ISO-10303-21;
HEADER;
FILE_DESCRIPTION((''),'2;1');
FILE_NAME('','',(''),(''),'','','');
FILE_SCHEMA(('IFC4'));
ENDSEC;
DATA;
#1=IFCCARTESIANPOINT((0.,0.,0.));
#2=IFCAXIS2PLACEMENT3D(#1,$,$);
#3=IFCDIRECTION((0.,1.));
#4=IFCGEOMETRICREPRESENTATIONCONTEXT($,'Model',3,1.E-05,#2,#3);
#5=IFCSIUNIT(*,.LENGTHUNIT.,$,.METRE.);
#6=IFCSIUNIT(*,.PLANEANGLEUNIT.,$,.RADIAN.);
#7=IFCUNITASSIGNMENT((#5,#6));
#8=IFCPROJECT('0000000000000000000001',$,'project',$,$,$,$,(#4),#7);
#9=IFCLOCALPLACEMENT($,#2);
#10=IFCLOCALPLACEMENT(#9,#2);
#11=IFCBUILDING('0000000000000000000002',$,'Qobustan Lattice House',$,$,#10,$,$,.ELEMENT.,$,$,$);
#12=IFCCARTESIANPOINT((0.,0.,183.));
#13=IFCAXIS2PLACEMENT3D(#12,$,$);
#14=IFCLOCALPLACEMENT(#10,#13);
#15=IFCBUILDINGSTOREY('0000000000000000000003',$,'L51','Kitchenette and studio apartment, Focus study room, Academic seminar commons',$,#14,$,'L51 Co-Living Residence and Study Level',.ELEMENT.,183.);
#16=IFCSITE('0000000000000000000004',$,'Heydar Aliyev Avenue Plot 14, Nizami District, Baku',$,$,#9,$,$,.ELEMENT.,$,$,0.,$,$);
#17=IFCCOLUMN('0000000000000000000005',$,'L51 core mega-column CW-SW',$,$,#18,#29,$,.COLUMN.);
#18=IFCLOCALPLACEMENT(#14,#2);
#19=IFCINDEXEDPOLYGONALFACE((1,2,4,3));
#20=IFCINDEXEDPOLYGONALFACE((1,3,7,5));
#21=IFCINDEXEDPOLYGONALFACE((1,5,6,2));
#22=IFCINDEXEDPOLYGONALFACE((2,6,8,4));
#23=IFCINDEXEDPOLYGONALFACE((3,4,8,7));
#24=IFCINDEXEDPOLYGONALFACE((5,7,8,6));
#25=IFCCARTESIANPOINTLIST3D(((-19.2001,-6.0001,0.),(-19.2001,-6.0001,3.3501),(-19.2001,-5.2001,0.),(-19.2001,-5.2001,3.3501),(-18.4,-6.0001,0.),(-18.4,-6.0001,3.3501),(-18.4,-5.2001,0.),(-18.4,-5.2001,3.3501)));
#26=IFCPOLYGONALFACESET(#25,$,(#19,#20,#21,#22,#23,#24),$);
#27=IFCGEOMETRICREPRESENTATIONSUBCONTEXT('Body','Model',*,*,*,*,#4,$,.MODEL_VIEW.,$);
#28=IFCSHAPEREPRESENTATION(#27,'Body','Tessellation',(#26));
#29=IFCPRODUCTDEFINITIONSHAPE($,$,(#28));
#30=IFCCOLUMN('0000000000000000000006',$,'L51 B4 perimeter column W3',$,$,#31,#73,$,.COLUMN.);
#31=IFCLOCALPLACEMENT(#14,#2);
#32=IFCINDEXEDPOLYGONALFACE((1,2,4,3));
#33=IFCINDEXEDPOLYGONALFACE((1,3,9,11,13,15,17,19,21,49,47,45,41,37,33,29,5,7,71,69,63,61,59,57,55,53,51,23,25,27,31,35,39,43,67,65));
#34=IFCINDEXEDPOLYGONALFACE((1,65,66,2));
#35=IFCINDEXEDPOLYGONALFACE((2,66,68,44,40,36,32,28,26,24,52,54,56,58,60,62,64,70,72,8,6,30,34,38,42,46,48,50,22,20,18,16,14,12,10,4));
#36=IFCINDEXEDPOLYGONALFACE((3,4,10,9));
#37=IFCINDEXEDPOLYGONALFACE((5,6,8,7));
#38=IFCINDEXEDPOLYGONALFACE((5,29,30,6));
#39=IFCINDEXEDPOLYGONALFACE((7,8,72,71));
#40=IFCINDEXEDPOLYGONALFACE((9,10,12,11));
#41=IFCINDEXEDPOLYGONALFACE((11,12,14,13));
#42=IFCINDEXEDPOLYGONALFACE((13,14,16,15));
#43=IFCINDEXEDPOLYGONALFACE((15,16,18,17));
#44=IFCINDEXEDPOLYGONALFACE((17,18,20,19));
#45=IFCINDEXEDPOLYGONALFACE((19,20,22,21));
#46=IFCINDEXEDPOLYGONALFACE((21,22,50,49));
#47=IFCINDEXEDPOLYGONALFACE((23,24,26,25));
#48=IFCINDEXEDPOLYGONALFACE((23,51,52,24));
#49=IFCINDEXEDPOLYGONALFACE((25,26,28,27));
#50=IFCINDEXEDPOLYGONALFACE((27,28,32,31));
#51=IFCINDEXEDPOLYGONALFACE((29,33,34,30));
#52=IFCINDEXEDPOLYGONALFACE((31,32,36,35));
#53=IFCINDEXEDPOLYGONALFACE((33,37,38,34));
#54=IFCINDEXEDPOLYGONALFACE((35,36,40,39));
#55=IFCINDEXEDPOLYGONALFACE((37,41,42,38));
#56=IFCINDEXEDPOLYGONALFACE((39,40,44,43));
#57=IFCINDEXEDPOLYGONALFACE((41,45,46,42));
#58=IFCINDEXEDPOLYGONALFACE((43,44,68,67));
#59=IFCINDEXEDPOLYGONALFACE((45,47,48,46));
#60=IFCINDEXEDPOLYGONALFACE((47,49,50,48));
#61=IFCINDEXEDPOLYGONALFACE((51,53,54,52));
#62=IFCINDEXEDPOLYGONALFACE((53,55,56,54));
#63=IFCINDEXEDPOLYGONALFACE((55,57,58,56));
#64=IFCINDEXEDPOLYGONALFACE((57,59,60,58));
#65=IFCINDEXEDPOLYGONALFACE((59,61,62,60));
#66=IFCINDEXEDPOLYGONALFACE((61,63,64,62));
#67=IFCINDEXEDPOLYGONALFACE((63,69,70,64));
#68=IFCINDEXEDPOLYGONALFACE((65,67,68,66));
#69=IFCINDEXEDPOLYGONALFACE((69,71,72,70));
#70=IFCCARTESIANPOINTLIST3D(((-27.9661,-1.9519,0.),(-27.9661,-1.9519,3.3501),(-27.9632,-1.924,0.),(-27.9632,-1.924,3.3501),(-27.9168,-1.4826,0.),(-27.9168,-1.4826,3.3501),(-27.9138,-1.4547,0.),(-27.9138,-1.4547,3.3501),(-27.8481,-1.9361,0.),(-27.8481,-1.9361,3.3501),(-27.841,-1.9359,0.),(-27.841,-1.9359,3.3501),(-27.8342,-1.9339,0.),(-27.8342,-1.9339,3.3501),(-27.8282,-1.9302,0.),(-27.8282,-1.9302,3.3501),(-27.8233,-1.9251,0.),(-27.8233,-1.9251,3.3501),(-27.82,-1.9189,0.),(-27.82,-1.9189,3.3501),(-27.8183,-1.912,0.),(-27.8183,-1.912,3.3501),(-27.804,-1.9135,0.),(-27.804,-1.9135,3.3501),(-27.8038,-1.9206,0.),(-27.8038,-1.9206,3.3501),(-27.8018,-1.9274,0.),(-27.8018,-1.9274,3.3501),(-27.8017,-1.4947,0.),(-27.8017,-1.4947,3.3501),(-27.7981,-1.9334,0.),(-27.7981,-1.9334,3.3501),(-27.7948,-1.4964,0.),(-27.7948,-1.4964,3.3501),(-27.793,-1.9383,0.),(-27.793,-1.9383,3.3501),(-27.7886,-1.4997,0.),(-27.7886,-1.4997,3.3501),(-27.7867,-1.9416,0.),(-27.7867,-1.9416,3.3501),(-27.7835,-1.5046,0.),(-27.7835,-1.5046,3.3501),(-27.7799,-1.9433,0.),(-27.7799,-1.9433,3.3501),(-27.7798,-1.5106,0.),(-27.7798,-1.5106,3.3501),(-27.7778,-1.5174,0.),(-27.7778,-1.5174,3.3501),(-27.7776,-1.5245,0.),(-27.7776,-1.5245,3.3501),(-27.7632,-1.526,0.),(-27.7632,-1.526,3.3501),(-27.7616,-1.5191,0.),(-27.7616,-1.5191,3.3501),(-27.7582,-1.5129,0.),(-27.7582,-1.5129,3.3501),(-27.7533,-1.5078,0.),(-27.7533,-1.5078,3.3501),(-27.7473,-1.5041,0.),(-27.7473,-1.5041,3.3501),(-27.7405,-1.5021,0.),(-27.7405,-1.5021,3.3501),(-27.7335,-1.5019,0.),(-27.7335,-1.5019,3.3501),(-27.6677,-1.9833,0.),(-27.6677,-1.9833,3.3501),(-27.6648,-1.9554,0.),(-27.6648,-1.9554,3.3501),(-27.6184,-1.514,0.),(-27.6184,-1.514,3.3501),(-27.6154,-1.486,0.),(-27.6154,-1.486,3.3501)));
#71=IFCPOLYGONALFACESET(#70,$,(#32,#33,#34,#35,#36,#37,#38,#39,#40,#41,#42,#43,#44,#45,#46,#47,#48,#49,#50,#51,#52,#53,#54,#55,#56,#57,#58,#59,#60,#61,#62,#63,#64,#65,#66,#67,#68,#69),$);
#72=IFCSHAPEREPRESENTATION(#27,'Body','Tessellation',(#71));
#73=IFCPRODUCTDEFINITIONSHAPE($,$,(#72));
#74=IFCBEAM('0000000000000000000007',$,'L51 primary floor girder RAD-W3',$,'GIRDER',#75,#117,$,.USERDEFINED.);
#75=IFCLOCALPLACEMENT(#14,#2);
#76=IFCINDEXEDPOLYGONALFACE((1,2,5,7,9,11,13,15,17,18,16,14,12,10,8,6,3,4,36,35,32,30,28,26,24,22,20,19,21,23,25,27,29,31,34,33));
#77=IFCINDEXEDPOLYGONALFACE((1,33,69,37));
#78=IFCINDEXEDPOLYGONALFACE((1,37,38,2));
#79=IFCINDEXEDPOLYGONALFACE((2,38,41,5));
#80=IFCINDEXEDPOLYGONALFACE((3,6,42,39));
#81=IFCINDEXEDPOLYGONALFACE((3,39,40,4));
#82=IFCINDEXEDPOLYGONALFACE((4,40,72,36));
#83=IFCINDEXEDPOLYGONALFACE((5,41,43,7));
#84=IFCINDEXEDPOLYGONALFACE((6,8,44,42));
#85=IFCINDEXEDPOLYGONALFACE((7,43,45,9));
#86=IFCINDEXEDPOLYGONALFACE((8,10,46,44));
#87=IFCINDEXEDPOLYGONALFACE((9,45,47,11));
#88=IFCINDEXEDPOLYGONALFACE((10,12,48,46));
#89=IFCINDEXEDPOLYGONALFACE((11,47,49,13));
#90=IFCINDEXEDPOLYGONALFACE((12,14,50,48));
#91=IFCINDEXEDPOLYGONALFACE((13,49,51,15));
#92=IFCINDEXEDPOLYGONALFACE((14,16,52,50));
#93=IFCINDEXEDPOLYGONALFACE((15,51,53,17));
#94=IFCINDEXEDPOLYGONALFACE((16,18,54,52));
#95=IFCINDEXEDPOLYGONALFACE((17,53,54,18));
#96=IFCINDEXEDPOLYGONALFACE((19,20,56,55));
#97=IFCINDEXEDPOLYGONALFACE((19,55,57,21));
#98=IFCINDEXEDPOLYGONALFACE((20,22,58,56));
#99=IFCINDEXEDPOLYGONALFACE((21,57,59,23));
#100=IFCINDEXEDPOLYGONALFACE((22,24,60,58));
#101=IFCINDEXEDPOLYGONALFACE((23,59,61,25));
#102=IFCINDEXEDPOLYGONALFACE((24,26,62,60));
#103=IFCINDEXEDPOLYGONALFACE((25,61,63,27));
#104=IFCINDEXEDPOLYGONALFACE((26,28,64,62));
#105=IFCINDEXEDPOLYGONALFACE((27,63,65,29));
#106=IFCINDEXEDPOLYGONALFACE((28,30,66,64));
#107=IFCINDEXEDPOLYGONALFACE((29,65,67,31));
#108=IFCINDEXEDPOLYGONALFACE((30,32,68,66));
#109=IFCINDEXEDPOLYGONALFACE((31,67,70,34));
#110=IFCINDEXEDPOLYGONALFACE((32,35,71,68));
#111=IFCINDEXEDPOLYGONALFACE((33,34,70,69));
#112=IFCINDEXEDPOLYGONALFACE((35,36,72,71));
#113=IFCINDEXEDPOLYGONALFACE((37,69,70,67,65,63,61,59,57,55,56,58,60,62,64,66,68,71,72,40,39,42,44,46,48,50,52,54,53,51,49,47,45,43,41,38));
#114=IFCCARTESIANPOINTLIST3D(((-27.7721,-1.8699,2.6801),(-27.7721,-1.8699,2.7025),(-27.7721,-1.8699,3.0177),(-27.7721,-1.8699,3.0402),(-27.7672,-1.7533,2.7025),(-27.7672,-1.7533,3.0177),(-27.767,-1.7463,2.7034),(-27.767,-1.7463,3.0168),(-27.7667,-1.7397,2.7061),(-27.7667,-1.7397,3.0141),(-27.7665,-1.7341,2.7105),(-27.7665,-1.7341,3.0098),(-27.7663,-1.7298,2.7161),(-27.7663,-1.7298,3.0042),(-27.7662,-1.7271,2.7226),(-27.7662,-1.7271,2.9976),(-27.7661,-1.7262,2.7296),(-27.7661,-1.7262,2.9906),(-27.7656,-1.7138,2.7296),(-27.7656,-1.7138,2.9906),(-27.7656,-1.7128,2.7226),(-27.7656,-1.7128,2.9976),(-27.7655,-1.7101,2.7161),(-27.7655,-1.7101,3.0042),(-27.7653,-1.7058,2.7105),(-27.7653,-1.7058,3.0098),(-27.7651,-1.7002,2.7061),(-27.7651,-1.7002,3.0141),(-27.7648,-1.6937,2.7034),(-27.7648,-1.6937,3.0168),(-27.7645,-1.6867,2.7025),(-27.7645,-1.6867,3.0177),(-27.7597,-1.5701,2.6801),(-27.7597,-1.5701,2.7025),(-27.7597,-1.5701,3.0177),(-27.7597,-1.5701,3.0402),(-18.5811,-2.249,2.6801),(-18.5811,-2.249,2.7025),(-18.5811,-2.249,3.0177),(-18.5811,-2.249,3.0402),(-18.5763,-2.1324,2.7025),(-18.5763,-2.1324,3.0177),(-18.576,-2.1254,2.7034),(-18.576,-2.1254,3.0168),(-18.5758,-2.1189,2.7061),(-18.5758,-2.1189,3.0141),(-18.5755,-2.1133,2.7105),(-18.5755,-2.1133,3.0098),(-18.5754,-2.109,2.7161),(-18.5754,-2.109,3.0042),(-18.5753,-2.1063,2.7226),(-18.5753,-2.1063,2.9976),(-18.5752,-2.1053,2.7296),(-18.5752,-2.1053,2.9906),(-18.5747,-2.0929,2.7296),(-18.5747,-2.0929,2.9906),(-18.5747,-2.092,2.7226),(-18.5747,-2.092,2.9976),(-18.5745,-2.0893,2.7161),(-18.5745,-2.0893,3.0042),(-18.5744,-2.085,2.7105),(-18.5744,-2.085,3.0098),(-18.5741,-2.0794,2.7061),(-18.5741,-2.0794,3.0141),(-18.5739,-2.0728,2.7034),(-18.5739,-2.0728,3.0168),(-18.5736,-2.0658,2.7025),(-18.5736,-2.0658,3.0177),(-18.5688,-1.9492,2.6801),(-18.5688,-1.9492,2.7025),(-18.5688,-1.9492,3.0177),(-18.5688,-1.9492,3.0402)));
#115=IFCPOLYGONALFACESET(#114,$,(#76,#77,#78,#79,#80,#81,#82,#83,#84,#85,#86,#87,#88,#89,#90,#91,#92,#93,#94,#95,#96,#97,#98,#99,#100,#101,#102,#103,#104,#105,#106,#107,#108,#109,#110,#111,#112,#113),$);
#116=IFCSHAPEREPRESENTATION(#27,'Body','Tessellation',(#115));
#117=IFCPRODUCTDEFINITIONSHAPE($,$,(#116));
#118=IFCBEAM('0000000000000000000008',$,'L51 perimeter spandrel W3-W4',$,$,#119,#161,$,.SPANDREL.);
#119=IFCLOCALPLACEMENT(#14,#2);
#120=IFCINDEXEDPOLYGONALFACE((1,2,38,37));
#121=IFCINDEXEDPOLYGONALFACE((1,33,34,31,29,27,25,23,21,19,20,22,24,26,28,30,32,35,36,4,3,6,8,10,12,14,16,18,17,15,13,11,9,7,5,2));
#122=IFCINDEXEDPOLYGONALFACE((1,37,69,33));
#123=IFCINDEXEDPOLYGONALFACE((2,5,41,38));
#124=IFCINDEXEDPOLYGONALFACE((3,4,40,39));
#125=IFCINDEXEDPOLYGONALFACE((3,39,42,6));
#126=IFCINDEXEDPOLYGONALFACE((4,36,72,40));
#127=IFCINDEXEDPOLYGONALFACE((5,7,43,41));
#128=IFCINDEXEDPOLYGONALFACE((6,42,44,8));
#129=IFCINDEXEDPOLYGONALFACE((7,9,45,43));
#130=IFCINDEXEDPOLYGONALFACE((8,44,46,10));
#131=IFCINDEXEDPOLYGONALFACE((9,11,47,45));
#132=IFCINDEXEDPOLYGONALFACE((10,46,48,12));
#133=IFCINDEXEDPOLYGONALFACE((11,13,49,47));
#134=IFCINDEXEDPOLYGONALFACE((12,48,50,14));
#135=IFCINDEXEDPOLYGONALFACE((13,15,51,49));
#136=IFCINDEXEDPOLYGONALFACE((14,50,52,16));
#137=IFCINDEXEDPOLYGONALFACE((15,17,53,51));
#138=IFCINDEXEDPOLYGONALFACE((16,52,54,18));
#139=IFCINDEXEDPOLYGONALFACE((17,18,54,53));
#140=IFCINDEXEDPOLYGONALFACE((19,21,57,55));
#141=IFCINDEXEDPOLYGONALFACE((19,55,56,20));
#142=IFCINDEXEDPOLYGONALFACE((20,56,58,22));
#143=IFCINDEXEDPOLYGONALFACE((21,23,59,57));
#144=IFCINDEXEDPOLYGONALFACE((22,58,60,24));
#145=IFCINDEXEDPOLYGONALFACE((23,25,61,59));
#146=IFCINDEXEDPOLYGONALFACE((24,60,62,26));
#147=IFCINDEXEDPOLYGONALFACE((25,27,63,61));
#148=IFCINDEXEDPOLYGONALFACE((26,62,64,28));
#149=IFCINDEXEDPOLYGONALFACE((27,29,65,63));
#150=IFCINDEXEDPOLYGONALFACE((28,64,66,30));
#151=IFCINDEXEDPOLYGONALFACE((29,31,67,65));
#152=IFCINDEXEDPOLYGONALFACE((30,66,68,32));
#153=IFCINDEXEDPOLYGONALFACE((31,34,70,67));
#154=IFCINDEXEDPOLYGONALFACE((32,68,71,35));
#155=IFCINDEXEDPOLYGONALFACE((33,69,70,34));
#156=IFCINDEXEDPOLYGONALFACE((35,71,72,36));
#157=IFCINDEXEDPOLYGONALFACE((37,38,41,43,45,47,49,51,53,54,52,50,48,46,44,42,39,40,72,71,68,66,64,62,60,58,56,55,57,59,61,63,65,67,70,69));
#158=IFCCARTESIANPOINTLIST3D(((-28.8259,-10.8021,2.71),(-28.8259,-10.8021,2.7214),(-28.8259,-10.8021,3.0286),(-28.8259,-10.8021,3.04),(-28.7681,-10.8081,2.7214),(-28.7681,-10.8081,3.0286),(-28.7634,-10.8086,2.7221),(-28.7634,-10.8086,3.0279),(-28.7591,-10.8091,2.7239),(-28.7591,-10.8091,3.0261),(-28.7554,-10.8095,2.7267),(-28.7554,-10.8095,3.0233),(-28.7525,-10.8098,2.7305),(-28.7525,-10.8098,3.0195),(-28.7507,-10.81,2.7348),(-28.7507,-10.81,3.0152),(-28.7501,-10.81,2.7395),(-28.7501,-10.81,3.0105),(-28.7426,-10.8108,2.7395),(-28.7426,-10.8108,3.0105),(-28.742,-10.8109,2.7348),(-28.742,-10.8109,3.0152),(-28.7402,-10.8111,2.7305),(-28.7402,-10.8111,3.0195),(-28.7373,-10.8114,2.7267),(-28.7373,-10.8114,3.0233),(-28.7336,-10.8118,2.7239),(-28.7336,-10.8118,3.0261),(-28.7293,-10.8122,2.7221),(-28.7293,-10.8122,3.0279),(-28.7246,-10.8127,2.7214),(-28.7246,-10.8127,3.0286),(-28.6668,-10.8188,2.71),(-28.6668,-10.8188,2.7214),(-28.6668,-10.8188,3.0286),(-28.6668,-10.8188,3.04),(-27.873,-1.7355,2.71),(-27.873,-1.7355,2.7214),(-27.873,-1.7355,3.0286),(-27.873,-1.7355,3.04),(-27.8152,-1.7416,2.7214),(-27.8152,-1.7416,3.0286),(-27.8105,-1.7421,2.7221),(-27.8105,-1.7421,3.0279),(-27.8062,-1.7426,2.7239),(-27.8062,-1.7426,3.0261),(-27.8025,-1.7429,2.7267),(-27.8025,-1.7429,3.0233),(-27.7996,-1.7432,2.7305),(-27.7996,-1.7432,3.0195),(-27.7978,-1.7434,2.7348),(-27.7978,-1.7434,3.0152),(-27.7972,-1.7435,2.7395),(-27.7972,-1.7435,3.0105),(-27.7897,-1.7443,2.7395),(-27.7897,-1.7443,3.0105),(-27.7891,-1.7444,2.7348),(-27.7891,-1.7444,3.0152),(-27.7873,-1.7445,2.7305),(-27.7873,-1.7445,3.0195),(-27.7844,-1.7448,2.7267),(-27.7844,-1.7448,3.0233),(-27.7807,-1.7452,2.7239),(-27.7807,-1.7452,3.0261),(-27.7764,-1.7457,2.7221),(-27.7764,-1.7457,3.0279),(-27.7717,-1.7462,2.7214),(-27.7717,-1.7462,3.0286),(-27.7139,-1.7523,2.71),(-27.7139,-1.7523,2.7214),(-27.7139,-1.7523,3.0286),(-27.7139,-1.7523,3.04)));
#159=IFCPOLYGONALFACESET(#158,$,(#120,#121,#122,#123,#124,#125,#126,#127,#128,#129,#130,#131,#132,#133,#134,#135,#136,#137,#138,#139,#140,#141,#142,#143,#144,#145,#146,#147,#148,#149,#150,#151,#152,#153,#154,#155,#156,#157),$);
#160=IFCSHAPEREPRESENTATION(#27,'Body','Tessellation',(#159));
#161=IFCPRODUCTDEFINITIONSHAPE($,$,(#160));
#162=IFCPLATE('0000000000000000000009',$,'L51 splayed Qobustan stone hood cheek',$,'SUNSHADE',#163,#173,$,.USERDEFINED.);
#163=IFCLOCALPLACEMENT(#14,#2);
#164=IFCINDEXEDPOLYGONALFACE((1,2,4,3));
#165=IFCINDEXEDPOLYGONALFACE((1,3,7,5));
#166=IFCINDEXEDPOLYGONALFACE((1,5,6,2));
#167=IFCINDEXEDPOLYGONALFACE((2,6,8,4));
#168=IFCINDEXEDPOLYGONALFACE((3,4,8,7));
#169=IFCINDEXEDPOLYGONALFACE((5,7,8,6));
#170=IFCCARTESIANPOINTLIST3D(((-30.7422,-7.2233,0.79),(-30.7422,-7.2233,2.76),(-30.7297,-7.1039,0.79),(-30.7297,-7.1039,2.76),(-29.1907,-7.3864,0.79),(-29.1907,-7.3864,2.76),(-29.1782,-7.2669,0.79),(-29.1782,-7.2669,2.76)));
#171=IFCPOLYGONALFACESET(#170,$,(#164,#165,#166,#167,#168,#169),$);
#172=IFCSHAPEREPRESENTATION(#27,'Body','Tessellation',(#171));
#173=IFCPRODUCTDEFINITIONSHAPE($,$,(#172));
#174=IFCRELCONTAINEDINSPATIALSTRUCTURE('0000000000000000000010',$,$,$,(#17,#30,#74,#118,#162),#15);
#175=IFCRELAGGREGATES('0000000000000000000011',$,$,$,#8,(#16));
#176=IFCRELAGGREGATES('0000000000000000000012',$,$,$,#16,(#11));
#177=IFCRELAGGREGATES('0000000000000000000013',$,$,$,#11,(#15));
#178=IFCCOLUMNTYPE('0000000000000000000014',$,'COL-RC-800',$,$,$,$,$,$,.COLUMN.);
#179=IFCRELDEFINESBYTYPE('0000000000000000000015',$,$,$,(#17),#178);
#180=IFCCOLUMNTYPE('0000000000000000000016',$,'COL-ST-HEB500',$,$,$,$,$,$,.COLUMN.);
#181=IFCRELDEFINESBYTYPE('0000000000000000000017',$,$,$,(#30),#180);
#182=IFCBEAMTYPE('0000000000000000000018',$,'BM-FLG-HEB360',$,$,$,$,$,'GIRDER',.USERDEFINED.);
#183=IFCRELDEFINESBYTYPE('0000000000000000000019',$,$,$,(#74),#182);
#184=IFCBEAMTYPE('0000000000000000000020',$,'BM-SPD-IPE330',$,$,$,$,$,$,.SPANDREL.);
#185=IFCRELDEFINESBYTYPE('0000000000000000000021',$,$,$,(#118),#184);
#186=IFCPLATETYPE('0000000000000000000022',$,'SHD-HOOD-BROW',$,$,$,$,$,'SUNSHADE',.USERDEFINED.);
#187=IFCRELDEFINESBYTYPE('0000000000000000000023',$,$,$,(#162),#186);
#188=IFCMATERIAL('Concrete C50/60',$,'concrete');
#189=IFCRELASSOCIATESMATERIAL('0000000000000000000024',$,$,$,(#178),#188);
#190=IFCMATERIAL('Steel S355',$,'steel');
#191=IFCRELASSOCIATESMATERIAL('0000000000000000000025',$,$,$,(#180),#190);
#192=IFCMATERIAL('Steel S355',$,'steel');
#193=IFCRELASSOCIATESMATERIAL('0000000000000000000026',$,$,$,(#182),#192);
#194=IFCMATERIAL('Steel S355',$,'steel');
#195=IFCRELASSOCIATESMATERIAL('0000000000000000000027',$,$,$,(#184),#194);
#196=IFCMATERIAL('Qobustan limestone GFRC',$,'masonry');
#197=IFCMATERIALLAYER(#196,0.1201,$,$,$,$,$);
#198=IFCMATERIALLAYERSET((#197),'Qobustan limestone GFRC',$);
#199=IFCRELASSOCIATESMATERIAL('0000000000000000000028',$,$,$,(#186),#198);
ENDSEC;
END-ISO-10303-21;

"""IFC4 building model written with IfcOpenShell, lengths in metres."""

from ifc_helpers import new_model, si_unit, direction, frame, origin, origin_2d, place, context, subcontext, project, spatial, rectangle, i_section, extrude, material, layer, layer_set, material_profile, profile_set, type_object, element, save


model = new_model("IFC4")

# Units and contexts
model_context = context("Model", 3, precision=1e-05, world=origin(), true_north=direction((0.0, 1.0)))
body_context = subcontext(model_context, "Body", "Model", "MODEL_VIEW")
ifc_project = project(units=[si_unit("LENGTHUNIT", "METRE"), si_unit("PLANEANGLEUNIT", "RADIAN")], contexts=[model_context])

# Site, building, storey
site_placement = place(None, origin())
site = spatial("IfcSite", under=ifc_project, at=site_placement, Name="Heydar Aliyev Avenue Plot 14, Nizami District, Baku", CompositionType="ELEMENT", RefElevation=0.0)
building_placement = place(site_placement, origin())
building = spatial("IfcBuilding", under=site, at=building_placement, Name="Qobustan Lattice House", CompositionType="ELEMENT")
storey_placement = place(building_placement, frame((0.0, 0.0, 183.0)))
storey = spatial("IfcBuildingStorey", under=building, at=storey_placement, Name="L51", Description="Kitchenette and studio apartment, Focus study room, Academic seminar commons", LongName="L51 Co-Living Residence and Study Level", CompositionType="ELEMENT", Elevation=183.0)

# Columns
ifc_material_1 = material(Name="Concrete C50/60", Category="concrete")
ifc_material_profile_1 = material_profile(ifc_material_1, rectangle(XDim=0.8, YDim=0.8, at=origin_2d()), Name="RC800x800")
ifc_profile_set_1 = profile_set([ifc_material_profile_1], Name="Concrete C50/60")
column_type_1 = type_object("IfcColumnType", Name="COL-RC-800", PredefinedType="COLUMN", material=ifc_profile_set_1)
column_1_placement = place(storey_placement, frame((-18.8, -5.6001, 0.0), z_axis=(0.0, 0.0, 1.0), x_axis=(1.0, 0.0, 0.0)))
element("IfcColumn", 1, at=column_1_placement, inside=storey, type_object=column_type_1, Name="L51 core mega-column CW-SW", PredefinedType="COLUMN", context=body_context, shape_type="SweptSolid", body=[
    extrude(rectangle(XDim=0.8, YDim=0.8, at=origin_2d()), origin(), (0.0, 0.0, 1.0), 3.3501),
])
ifc_material_2 = material(Name="Steel S355", Category="steel")
ifc_material_profile_2 = material_profile(ifc_material_2, i_section(OverallWidth=0.3, OverallDepth=0.5, WebThickness=0.0144, FlangeThickness=0.0281, FilletRadius=0.0271, at=origin_2d()), Name="HEB500")
ifc_profile_set_2 = profile_set([ifc_material_profile_2], Name="Steel S355")
column_type_2 = type_object("IfcColumnType", Name="COL-ST-HEB500", PredefinedType="COLUMN", material=ifc_profile_set_2)
column_2_placement = place(storey_placement, frame((-27.7908, -1.719, 0.0), z_axis=(0.0, 0.0, 1.0), x_axis=(0.994522, -0.104528, 0.0)))
element("IfcColumn", 2, at=column_2_placement, inside=storey, type_object=column_type_2, Name="L51 B4 perimeter column W3", PredefinedType="COLUMN", context=body_context, shape_type="SweptSolid", body=[
    extrude(i_section(OverallWidth=0.3, OverallDepth=0.5, WebThickness=0.0144, FlangeThickness=0.0281, FilletRadius=0.0271, at=origin_2d()), origin(), (0.0, 0.0, 1.0), 3.3501),
])

# Beams
ifc_material_3 = material(Name="Steel S355", Category="steel")
ifc_material_profile_3 = material_profile(ifc_material_3, i_section(OverallWidth=0.3, OverallDepth=0.3601, WebThickness=0.0125, FlangeThickness=0.0225, FilletRadius=0.0271, at=origin_2d()), Name="HEB360")
ifc_profile_set_3 = profile_set([ifc_material_profile_3], Name="Steel S355")
beam_type_1 = type_object("IfcBeamType", Name="BM-FLG-HEB360", ElementType="GIRDER", PredefinedType="USERDEFINED", material=ifc_profile_set_3)
beam_1_placement = place(storey_placement, frame((-27.7659, -1.72, 2.8601), z_axis=(0.99915, -0.041218, 0.0), x_axis=(0.041218, 0.99915, 0.0)))
element("IfcBeam", 3, at=beam_1_placement, inside=storey, type_object=beam_type_1, Name="L51 primary floor girder RAD-W3", ObjectType="GIRDER", PredefinedType="USERDEFINED", context=body_context, shape_type="SweptSolid", body=[
    extrude(i_section(OverallWidth=0.3, OverallDepth=0.3601, WebThickness=0.0125, FlangeThickness=0.0225, FilletRadius=0.0271, at=origin_2d()), origin(), (0.0, 0.0, 1.0), 9.1987),
])
ifc_material_4 = material(Name="Steel S355", Category="steel")
ifc_material_profile_4 = material_profile(ifc_material_4, i_section(OverallWidth=0.1599, OverallDepth=0.3301, WebThickness=0.0076, FlangeThickness=0.0115, FilletRadius=0.0181, at=origin_2d()), Name="IPE330")
ifc_profile_set_4 = profile_set([ifc_material_profile_4], Name="Steel S355")
beam_type_2 = type_object("IfcBeamType", Name="BM-SPD-IPE330", PredefinedType="SPANDREL", material=ifc_profile_set_4)
beam_2_placement = place(storey_placement, frame((-27.7935, -1.7439, 2.875), z_axis=(-0.104524, -0.994522, 0.0), x_axis=(0.994522, -0.104524, 0.0)))
element("IfcBeam", 4, at=beam_2_placement, inside=storey, type_object=beam_type_2, Name="L51 perimeter spandrel W3-W4", PredefinedType="SPANDREL", context=body_context, shape_type="SweptSolid", body=[
    extrude(i_section(OverallWidth=0.1599, OverallDepth=0.3301, WebThickness=0.0076, FlangeThickness=0.0115, FilletRadius=0.0181, at=origin_2d()), origin(), (0.0, 0.0, 1.0), 9.1165),
])

# Plate
ifc_material_5 = material(Name="Qobustan limestone GFRC", Category="masonry")
ifc_layer_1 = layer(ifc_material_5, 0.1201)
ifc_layer_set_1 = layer_set([ifc_layer_1], Name="Qobustan limestone GFRC")
plate_type = type_object("IfcPlateType", Name="SHD-HOOD-BROW", ElementType="SUNSHADE", PredefinedType="USERDEFINED", material=ifc_layer_set_1)
plate_placement = place(storey_placement, frame((-29.9602, -7.2451, 0.79), z_axis=(0.0, 0.0, 1.0), x_axis=(0.104528, 0.994522, 0.0)))
element("IfcPlate", 5, at=plate_placement, inside=storey, type_object=plate_type, Name="L51 splayed Qobustan stone hood cheek", ObjectType="SUNSHADE", PredefinedType="USERDEFINED", context=body_context, shape_type="SweptSolid", body=[
    extrude(rectangle(XDim=0.1201, YDim=1.5601, at=origin_2d()), origin(), (0.0, 0.0, 1.0), 1.97),
])

save(model, "model.ifc")
